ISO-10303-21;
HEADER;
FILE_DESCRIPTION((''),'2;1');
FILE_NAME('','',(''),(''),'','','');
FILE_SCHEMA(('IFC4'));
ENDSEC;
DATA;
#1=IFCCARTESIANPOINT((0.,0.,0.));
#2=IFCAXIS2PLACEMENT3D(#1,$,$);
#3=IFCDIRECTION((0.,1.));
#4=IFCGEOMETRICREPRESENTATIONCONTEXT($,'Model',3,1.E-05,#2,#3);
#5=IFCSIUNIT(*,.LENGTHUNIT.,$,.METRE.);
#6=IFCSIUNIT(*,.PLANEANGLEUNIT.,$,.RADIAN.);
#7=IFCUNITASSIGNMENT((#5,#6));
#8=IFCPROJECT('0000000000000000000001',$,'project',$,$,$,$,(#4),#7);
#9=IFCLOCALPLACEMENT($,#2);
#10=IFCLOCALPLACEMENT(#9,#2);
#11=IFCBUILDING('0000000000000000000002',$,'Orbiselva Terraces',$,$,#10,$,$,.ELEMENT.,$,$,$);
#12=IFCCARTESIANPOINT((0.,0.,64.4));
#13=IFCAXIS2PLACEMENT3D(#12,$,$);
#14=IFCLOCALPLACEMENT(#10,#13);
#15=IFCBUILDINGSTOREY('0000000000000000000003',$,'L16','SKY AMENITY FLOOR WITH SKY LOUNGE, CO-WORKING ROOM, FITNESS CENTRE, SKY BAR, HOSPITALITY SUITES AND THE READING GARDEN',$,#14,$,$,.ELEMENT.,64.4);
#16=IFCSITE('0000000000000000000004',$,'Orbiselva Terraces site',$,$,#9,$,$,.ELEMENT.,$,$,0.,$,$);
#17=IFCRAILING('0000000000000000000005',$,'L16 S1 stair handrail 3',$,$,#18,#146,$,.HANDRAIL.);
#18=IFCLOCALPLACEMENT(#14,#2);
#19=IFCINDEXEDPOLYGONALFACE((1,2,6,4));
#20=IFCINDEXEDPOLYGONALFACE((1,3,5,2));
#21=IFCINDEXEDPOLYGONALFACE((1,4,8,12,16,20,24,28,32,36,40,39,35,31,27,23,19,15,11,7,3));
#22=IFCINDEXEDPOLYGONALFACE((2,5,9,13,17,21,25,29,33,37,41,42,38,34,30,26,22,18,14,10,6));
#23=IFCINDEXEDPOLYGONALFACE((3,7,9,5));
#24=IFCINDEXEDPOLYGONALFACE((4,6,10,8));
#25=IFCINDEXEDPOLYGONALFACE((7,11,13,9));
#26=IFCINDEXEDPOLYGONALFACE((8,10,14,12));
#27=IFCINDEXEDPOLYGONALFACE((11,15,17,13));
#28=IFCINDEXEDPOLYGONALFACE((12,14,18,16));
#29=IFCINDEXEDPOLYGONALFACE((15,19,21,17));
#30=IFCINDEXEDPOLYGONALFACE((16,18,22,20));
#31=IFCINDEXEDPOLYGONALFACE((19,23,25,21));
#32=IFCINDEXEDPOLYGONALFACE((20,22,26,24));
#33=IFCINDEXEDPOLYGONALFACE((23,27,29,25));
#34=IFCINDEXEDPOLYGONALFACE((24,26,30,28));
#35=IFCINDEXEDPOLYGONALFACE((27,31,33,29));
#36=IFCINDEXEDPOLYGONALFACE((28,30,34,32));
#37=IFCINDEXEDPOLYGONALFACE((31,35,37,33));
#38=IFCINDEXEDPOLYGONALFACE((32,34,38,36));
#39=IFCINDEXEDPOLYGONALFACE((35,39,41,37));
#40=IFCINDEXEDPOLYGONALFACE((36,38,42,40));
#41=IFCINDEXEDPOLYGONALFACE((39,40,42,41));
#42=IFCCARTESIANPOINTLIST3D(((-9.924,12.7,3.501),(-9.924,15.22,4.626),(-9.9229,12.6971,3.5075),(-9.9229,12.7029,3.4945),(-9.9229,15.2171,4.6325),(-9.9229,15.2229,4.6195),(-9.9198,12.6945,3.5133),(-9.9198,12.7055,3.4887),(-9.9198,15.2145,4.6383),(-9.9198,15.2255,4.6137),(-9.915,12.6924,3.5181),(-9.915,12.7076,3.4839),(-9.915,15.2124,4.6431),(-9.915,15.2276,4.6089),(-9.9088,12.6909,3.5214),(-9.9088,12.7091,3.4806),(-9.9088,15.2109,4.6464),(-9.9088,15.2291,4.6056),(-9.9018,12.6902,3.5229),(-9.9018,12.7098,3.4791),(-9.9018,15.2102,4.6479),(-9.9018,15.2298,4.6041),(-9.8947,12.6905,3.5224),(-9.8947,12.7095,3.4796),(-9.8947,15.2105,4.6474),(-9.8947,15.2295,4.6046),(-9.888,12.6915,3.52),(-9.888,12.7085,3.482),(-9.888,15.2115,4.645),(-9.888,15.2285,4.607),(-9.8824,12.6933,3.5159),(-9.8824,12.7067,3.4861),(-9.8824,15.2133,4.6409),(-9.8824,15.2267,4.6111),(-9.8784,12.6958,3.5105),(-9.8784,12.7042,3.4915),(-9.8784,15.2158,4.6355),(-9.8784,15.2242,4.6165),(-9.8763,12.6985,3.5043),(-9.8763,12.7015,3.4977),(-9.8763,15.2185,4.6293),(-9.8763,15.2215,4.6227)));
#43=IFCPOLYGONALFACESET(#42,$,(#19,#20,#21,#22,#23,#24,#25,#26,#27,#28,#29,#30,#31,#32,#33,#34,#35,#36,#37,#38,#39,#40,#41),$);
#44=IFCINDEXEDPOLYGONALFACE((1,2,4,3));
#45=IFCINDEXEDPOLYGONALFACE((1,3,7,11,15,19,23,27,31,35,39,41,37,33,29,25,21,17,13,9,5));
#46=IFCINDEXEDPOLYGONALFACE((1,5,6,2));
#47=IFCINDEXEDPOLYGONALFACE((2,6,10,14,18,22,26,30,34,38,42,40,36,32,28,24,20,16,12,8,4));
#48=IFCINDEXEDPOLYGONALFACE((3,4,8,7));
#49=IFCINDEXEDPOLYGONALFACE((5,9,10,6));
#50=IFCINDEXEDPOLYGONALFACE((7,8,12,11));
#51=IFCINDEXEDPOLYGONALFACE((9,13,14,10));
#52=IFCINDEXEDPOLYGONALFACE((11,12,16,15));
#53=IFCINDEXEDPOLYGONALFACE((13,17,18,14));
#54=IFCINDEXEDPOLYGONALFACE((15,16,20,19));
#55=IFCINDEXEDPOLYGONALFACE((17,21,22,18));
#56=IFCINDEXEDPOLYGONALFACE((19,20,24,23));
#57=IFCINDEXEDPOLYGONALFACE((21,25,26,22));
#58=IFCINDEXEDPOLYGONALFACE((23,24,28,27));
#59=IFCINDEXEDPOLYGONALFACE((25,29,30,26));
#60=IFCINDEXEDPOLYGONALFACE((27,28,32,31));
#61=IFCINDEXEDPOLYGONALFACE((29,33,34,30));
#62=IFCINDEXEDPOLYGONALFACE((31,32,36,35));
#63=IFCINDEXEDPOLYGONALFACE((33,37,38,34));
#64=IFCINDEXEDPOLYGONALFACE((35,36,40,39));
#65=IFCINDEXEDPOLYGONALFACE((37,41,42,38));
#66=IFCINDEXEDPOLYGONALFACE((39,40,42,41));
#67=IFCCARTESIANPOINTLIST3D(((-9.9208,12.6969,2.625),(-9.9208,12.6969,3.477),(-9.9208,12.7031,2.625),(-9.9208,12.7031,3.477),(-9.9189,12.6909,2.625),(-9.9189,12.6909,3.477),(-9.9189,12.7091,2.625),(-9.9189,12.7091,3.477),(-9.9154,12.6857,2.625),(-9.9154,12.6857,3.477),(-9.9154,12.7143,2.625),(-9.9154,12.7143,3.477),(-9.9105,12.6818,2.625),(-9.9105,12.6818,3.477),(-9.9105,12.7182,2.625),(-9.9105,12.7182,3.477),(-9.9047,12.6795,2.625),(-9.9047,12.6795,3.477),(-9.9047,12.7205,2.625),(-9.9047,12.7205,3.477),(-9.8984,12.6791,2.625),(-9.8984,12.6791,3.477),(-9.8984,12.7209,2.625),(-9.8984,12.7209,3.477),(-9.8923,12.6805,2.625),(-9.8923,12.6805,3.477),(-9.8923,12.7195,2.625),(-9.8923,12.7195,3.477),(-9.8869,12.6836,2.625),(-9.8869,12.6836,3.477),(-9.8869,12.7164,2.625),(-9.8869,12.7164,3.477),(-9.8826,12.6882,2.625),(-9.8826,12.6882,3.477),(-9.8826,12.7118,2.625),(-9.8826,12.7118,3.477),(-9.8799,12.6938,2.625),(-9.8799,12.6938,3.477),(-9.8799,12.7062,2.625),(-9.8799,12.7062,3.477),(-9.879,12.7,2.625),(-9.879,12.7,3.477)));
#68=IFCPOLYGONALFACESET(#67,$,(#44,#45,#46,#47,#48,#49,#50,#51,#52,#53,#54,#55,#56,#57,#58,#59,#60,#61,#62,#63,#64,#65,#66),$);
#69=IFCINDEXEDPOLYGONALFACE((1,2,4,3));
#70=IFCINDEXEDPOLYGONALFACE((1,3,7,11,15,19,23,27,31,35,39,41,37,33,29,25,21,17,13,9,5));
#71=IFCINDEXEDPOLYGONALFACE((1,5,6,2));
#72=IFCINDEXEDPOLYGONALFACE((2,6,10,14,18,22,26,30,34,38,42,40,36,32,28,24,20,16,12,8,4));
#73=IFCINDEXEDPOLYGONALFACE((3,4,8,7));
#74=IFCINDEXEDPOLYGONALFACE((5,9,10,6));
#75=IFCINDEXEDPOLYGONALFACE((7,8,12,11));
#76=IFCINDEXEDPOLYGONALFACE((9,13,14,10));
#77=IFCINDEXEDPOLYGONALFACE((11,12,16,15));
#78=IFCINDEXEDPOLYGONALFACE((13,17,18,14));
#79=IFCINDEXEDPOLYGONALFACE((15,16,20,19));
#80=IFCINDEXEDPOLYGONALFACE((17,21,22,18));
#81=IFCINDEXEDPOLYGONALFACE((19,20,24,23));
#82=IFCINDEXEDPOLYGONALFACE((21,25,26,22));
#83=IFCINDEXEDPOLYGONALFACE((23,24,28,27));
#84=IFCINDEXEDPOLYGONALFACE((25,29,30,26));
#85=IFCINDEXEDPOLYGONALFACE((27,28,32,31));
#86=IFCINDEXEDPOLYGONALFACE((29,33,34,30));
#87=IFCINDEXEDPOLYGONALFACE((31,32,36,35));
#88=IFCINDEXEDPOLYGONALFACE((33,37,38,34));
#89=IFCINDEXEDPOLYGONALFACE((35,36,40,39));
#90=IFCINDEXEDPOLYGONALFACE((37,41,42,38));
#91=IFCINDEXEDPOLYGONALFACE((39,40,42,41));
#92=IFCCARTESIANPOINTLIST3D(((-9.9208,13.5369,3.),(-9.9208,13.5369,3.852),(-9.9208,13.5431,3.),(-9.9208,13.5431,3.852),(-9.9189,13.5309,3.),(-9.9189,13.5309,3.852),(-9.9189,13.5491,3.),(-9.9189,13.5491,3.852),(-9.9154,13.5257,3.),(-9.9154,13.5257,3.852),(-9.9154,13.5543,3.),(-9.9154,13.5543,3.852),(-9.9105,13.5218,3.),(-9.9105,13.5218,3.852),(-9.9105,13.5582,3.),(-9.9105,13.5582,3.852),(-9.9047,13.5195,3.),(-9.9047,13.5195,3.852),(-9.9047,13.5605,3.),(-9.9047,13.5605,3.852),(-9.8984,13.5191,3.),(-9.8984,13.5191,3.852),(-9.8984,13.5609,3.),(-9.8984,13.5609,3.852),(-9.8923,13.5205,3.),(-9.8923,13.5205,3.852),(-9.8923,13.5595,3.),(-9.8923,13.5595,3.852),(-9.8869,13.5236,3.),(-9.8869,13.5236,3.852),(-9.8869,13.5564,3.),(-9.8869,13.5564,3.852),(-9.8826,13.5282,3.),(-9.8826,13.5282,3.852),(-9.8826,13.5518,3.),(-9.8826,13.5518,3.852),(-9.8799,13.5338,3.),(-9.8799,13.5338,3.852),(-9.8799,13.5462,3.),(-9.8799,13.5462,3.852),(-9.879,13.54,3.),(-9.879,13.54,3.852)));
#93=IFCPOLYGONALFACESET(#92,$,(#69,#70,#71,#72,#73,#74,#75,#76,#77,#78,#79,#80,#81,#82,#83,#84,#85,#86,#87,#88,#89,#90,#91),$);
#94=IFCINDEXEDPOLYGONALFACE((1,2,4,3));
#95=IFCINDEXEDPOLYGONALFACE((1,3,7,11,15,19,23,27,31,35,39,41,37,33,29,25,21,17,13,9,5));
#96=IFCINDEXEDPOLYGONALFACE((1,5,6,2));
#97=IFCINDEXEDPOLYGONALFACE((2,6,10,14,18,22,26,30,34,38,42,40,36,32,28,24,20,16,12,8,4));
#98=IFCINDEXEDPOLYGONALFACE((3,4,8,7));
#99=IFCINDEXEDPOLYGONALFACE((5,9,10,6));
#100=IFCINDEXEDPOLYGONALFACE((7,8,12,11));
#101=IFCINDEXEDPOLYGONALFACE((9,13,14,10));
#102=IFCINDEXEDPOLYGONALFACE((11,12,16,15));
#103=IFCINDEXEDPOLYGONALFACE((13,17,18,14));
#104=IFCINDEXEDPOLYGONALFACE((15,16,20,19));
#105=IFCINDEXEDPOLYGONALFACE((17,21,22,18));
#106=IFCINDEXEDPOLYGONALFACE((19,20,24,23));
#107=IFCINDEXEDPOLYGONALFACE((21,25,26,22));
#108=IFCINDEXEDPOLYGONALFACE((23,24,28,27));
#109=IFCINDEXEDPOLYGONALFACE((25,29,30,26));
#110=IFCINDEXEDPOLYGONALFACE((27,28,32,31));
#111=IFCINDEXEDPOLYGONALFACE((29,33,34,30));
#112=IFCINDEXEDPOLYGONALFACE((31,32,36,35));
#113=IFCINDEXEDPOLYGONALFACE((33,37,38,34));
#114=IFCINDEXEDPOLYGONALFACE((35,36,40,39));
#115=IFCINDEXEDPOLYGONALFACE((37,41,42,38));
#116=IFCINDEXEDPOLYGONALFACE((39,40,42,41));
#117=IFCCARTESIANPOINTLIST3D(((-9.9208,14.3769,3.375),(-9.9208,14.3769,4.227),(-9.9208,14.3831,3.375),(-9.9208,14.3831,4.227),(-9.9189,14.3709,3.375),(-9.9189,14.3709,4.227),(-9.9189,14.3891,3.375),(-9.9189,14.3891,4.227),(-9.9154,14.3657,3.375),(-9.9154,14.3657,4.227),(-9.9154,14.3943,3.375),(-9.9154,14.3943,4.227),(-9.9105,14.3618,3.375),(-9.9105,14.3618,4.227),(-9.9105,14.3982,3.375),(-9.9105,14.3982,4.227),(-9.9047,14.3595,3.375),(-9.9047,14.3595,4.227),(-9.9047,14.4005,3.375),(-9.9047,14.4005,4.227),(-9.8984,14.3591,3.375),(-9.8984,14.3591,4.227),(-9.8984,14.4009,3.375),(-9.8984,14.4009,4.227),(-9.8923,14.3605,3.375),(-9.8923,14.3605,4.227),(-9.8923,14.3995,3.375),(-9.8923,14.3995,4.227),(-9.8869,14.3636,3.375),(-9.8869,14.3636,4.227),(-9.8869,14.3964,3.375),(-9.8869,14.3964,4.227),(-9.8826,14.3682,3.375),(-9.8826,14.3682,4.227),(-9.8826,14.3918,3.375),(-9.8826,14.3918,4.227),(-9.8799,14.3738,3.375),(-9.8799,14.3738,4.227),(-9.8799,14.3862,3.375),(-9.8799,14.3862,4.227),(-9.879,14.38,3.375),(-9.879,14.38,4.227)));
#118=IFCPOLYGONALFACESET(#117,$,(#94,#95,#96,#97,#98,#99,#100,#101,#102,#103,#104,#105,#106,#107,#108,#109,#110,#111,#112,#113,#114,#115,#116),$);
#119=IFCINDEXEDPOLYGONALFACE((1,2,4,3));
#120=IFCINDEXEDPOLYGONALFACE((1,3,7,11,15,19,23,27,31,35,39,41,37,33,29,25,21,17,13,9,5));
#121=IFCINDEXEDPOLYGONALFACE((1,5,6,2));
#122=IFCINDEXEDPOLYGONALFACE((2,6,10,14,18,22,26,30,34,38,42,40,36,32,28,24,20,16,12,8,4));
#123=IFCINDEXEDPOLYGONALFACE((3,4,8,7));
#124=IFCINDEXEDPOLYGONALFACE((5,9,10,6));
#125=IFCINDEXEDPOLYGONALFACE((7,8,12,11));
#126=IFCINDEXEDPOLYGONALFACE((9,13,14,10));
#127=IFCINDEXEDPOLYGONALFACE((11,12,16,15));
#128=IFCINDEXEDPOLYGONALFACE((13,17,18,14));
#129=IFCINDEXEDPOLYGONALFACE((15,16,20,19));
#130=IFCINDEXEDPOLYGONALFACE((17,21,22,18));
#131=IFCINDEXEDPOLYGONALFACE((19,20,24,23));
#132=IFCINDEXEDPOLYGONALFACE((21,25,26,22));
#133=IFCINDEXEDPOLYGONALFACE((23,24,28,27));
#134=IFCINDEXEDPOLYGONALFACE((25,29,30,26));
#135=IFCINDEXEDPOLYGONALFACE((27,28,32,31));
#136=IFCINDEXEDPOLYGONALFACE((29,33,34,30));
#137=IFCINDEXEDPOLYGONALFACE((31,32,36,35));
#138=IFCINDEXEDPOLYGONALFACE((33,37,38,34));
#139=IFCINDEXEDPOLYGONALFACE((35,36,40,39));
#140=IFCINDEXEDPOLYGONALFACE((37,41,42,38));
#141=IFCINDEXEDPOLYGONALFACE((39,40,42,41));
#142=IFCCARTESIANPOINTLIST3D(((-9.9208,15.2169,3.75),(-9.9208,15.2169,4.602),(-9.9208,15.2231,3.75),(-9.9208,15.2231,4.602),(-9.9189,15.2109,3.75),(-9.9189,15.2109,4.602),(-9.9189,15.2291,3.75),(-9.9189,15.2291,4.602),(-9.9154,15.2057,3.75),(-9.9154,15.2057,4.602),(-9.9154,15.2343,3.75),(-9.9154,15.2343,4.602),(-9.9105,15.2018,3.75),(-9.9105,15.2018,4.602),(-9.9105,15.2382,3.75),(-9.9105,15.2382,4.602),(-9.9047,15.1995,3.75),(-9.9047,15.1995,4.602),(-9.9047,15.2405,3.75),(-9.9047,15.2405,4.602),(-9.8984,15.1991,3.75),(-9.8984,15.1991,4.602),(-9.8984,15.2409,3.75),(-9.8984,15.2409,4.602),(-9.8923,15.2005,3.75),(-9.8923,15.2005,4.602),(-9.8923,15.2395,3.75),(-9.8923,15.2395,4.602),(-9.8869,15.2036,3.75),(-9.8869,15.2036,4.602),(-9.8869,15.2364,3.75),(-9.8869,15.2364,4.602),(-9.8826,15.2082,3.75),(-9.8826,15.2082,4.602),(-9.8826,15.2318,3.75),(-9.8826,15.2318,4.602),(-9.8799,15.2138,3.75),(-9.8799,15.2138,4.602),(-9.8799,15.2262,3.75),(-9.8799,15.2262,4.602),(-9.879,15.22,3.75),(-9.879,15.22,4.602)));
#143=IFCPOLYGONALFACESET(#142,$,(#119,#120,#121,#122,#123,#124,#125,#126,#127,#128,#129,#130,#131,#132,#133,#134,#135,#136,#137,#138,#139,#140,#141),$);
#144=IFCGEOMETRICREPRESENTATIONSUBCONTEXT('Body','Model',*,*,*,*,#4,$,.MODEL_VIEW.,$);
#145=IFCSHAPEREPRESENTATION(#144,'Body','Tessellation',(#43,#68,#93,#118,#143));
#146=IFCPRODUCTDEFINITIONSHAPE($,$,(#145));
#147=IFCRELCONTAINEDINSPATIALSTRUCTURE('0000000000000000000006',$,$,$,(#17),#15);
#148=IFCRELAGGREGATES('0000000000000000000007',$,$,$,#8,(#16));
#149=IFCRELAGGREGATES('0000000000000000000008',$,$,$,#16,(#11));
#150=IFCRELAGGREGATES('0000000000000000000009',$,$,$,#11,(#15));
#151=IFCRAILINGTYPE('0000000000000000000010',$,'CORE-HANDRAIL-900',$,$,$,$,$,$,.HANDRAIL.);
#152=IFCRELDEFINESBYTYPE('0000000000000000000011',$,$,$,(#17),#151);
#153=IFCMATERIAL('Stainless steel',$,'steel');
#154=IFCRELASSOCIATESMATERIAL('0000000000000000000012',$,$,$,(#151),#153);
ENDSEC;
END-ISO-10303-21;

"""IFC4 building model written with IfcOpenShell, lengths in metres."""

from ifc_helpers import new_model, si_unit, direction, frame, origin, origin_2d, place, context, subcontext, project, spatial, circle, extrude, material, type_object, element, save


model = new_model("IFC4")

# Units and contexts
model_context = context("Model", 3, precision=1e-05, world=origin(), true_north=direction((0.0, 1.0)))
body_context = subcontext(model_context, "Body", "Model", "MODEL_VIEW")
ifc_project = project(units=[si_unit("LENGTHUNIT", "METRE"), si_unit("PLANEANGLEUNIT", "RADIAN")], contexts=[model_context])

# Site, building, storey
site_placement = place(None, origin())
site = spatial("IfcSite", under=ifc_project, at=site_placement, Name="Orbiselva Terraces site", CompositionType="ELEMENT", RefElevation=0.0)
building_placement = place(site_placement, origin())
building = spatial("IfcBuilding", under=site, at=building_placement, Name="Orbiselva Terraces", CompositionType="ELEMENT")
storey_placement = place(building_placement, frame((0.0, 0.0, 64.4)))
storey = spatial("IfcBuildingStorey", under=building, at=storey_placement, Name="L16", Description="SKY AMENITY FLOOR WITH SKY LOUNGE, CO-WORKING ROOM, FITNESS CENTRE, SKY BAR, HOSPITALITY SUITES AND THE READING GARDEN", CompositionType="ELEMENT", Elevation=64.4)

# Railing
ifc_material_1 = material(Name="Stainless steel", Category="steel")
railing_type = type_object("IfcRailingType", Name="CORE-HANDRAIL-900", PredefinedType="HANDRAIL", material=ifc_material_1)
railing_1_placement = place(storey_placement, frame((-9.9, 12.7, 2.625)))
element("IfcRailing", 1, at=railing_1_placement, inside=storey, type_object=railing_type, Name="L16 S1 stair handrail 3", PredefinedType="HANDRAIL", context=body_context, shape_type="SweptSolid", body=[
    extrude(circle(Radius=0.024, at=origin_2d()), frame((0.0, 0.0, 0.876), z_axis=(0.0, 0.913138, 0.407651), x_axis=(-1.0, 0.0, 0.0)), (0.0, 0.0, 1.0), 2.7597),
    extrude(circle(Radius=0.021, at=origin_2d()), origin(), (0.0, 0.0, 1.0), 0.852),
    extrude(circle(Radius=0.021, at=origin_2d()), frame((0.0, 0.84, 0.375)), (0.0, 0.0, 1.0), 0.852),
    extrude(circle(Radius=0.021, at=origin_2d()), frame((0.0, 1.68, 0.75)), (0.0, 0.0, 1.0), 0.852),
    extrude(circle(Radius=0.021, at=origin_2d()), frame((0.0, 2.52, 1.125)), (0.0, 0.0, 1.0), 0.852),
])

save(model, "model.ifc")
